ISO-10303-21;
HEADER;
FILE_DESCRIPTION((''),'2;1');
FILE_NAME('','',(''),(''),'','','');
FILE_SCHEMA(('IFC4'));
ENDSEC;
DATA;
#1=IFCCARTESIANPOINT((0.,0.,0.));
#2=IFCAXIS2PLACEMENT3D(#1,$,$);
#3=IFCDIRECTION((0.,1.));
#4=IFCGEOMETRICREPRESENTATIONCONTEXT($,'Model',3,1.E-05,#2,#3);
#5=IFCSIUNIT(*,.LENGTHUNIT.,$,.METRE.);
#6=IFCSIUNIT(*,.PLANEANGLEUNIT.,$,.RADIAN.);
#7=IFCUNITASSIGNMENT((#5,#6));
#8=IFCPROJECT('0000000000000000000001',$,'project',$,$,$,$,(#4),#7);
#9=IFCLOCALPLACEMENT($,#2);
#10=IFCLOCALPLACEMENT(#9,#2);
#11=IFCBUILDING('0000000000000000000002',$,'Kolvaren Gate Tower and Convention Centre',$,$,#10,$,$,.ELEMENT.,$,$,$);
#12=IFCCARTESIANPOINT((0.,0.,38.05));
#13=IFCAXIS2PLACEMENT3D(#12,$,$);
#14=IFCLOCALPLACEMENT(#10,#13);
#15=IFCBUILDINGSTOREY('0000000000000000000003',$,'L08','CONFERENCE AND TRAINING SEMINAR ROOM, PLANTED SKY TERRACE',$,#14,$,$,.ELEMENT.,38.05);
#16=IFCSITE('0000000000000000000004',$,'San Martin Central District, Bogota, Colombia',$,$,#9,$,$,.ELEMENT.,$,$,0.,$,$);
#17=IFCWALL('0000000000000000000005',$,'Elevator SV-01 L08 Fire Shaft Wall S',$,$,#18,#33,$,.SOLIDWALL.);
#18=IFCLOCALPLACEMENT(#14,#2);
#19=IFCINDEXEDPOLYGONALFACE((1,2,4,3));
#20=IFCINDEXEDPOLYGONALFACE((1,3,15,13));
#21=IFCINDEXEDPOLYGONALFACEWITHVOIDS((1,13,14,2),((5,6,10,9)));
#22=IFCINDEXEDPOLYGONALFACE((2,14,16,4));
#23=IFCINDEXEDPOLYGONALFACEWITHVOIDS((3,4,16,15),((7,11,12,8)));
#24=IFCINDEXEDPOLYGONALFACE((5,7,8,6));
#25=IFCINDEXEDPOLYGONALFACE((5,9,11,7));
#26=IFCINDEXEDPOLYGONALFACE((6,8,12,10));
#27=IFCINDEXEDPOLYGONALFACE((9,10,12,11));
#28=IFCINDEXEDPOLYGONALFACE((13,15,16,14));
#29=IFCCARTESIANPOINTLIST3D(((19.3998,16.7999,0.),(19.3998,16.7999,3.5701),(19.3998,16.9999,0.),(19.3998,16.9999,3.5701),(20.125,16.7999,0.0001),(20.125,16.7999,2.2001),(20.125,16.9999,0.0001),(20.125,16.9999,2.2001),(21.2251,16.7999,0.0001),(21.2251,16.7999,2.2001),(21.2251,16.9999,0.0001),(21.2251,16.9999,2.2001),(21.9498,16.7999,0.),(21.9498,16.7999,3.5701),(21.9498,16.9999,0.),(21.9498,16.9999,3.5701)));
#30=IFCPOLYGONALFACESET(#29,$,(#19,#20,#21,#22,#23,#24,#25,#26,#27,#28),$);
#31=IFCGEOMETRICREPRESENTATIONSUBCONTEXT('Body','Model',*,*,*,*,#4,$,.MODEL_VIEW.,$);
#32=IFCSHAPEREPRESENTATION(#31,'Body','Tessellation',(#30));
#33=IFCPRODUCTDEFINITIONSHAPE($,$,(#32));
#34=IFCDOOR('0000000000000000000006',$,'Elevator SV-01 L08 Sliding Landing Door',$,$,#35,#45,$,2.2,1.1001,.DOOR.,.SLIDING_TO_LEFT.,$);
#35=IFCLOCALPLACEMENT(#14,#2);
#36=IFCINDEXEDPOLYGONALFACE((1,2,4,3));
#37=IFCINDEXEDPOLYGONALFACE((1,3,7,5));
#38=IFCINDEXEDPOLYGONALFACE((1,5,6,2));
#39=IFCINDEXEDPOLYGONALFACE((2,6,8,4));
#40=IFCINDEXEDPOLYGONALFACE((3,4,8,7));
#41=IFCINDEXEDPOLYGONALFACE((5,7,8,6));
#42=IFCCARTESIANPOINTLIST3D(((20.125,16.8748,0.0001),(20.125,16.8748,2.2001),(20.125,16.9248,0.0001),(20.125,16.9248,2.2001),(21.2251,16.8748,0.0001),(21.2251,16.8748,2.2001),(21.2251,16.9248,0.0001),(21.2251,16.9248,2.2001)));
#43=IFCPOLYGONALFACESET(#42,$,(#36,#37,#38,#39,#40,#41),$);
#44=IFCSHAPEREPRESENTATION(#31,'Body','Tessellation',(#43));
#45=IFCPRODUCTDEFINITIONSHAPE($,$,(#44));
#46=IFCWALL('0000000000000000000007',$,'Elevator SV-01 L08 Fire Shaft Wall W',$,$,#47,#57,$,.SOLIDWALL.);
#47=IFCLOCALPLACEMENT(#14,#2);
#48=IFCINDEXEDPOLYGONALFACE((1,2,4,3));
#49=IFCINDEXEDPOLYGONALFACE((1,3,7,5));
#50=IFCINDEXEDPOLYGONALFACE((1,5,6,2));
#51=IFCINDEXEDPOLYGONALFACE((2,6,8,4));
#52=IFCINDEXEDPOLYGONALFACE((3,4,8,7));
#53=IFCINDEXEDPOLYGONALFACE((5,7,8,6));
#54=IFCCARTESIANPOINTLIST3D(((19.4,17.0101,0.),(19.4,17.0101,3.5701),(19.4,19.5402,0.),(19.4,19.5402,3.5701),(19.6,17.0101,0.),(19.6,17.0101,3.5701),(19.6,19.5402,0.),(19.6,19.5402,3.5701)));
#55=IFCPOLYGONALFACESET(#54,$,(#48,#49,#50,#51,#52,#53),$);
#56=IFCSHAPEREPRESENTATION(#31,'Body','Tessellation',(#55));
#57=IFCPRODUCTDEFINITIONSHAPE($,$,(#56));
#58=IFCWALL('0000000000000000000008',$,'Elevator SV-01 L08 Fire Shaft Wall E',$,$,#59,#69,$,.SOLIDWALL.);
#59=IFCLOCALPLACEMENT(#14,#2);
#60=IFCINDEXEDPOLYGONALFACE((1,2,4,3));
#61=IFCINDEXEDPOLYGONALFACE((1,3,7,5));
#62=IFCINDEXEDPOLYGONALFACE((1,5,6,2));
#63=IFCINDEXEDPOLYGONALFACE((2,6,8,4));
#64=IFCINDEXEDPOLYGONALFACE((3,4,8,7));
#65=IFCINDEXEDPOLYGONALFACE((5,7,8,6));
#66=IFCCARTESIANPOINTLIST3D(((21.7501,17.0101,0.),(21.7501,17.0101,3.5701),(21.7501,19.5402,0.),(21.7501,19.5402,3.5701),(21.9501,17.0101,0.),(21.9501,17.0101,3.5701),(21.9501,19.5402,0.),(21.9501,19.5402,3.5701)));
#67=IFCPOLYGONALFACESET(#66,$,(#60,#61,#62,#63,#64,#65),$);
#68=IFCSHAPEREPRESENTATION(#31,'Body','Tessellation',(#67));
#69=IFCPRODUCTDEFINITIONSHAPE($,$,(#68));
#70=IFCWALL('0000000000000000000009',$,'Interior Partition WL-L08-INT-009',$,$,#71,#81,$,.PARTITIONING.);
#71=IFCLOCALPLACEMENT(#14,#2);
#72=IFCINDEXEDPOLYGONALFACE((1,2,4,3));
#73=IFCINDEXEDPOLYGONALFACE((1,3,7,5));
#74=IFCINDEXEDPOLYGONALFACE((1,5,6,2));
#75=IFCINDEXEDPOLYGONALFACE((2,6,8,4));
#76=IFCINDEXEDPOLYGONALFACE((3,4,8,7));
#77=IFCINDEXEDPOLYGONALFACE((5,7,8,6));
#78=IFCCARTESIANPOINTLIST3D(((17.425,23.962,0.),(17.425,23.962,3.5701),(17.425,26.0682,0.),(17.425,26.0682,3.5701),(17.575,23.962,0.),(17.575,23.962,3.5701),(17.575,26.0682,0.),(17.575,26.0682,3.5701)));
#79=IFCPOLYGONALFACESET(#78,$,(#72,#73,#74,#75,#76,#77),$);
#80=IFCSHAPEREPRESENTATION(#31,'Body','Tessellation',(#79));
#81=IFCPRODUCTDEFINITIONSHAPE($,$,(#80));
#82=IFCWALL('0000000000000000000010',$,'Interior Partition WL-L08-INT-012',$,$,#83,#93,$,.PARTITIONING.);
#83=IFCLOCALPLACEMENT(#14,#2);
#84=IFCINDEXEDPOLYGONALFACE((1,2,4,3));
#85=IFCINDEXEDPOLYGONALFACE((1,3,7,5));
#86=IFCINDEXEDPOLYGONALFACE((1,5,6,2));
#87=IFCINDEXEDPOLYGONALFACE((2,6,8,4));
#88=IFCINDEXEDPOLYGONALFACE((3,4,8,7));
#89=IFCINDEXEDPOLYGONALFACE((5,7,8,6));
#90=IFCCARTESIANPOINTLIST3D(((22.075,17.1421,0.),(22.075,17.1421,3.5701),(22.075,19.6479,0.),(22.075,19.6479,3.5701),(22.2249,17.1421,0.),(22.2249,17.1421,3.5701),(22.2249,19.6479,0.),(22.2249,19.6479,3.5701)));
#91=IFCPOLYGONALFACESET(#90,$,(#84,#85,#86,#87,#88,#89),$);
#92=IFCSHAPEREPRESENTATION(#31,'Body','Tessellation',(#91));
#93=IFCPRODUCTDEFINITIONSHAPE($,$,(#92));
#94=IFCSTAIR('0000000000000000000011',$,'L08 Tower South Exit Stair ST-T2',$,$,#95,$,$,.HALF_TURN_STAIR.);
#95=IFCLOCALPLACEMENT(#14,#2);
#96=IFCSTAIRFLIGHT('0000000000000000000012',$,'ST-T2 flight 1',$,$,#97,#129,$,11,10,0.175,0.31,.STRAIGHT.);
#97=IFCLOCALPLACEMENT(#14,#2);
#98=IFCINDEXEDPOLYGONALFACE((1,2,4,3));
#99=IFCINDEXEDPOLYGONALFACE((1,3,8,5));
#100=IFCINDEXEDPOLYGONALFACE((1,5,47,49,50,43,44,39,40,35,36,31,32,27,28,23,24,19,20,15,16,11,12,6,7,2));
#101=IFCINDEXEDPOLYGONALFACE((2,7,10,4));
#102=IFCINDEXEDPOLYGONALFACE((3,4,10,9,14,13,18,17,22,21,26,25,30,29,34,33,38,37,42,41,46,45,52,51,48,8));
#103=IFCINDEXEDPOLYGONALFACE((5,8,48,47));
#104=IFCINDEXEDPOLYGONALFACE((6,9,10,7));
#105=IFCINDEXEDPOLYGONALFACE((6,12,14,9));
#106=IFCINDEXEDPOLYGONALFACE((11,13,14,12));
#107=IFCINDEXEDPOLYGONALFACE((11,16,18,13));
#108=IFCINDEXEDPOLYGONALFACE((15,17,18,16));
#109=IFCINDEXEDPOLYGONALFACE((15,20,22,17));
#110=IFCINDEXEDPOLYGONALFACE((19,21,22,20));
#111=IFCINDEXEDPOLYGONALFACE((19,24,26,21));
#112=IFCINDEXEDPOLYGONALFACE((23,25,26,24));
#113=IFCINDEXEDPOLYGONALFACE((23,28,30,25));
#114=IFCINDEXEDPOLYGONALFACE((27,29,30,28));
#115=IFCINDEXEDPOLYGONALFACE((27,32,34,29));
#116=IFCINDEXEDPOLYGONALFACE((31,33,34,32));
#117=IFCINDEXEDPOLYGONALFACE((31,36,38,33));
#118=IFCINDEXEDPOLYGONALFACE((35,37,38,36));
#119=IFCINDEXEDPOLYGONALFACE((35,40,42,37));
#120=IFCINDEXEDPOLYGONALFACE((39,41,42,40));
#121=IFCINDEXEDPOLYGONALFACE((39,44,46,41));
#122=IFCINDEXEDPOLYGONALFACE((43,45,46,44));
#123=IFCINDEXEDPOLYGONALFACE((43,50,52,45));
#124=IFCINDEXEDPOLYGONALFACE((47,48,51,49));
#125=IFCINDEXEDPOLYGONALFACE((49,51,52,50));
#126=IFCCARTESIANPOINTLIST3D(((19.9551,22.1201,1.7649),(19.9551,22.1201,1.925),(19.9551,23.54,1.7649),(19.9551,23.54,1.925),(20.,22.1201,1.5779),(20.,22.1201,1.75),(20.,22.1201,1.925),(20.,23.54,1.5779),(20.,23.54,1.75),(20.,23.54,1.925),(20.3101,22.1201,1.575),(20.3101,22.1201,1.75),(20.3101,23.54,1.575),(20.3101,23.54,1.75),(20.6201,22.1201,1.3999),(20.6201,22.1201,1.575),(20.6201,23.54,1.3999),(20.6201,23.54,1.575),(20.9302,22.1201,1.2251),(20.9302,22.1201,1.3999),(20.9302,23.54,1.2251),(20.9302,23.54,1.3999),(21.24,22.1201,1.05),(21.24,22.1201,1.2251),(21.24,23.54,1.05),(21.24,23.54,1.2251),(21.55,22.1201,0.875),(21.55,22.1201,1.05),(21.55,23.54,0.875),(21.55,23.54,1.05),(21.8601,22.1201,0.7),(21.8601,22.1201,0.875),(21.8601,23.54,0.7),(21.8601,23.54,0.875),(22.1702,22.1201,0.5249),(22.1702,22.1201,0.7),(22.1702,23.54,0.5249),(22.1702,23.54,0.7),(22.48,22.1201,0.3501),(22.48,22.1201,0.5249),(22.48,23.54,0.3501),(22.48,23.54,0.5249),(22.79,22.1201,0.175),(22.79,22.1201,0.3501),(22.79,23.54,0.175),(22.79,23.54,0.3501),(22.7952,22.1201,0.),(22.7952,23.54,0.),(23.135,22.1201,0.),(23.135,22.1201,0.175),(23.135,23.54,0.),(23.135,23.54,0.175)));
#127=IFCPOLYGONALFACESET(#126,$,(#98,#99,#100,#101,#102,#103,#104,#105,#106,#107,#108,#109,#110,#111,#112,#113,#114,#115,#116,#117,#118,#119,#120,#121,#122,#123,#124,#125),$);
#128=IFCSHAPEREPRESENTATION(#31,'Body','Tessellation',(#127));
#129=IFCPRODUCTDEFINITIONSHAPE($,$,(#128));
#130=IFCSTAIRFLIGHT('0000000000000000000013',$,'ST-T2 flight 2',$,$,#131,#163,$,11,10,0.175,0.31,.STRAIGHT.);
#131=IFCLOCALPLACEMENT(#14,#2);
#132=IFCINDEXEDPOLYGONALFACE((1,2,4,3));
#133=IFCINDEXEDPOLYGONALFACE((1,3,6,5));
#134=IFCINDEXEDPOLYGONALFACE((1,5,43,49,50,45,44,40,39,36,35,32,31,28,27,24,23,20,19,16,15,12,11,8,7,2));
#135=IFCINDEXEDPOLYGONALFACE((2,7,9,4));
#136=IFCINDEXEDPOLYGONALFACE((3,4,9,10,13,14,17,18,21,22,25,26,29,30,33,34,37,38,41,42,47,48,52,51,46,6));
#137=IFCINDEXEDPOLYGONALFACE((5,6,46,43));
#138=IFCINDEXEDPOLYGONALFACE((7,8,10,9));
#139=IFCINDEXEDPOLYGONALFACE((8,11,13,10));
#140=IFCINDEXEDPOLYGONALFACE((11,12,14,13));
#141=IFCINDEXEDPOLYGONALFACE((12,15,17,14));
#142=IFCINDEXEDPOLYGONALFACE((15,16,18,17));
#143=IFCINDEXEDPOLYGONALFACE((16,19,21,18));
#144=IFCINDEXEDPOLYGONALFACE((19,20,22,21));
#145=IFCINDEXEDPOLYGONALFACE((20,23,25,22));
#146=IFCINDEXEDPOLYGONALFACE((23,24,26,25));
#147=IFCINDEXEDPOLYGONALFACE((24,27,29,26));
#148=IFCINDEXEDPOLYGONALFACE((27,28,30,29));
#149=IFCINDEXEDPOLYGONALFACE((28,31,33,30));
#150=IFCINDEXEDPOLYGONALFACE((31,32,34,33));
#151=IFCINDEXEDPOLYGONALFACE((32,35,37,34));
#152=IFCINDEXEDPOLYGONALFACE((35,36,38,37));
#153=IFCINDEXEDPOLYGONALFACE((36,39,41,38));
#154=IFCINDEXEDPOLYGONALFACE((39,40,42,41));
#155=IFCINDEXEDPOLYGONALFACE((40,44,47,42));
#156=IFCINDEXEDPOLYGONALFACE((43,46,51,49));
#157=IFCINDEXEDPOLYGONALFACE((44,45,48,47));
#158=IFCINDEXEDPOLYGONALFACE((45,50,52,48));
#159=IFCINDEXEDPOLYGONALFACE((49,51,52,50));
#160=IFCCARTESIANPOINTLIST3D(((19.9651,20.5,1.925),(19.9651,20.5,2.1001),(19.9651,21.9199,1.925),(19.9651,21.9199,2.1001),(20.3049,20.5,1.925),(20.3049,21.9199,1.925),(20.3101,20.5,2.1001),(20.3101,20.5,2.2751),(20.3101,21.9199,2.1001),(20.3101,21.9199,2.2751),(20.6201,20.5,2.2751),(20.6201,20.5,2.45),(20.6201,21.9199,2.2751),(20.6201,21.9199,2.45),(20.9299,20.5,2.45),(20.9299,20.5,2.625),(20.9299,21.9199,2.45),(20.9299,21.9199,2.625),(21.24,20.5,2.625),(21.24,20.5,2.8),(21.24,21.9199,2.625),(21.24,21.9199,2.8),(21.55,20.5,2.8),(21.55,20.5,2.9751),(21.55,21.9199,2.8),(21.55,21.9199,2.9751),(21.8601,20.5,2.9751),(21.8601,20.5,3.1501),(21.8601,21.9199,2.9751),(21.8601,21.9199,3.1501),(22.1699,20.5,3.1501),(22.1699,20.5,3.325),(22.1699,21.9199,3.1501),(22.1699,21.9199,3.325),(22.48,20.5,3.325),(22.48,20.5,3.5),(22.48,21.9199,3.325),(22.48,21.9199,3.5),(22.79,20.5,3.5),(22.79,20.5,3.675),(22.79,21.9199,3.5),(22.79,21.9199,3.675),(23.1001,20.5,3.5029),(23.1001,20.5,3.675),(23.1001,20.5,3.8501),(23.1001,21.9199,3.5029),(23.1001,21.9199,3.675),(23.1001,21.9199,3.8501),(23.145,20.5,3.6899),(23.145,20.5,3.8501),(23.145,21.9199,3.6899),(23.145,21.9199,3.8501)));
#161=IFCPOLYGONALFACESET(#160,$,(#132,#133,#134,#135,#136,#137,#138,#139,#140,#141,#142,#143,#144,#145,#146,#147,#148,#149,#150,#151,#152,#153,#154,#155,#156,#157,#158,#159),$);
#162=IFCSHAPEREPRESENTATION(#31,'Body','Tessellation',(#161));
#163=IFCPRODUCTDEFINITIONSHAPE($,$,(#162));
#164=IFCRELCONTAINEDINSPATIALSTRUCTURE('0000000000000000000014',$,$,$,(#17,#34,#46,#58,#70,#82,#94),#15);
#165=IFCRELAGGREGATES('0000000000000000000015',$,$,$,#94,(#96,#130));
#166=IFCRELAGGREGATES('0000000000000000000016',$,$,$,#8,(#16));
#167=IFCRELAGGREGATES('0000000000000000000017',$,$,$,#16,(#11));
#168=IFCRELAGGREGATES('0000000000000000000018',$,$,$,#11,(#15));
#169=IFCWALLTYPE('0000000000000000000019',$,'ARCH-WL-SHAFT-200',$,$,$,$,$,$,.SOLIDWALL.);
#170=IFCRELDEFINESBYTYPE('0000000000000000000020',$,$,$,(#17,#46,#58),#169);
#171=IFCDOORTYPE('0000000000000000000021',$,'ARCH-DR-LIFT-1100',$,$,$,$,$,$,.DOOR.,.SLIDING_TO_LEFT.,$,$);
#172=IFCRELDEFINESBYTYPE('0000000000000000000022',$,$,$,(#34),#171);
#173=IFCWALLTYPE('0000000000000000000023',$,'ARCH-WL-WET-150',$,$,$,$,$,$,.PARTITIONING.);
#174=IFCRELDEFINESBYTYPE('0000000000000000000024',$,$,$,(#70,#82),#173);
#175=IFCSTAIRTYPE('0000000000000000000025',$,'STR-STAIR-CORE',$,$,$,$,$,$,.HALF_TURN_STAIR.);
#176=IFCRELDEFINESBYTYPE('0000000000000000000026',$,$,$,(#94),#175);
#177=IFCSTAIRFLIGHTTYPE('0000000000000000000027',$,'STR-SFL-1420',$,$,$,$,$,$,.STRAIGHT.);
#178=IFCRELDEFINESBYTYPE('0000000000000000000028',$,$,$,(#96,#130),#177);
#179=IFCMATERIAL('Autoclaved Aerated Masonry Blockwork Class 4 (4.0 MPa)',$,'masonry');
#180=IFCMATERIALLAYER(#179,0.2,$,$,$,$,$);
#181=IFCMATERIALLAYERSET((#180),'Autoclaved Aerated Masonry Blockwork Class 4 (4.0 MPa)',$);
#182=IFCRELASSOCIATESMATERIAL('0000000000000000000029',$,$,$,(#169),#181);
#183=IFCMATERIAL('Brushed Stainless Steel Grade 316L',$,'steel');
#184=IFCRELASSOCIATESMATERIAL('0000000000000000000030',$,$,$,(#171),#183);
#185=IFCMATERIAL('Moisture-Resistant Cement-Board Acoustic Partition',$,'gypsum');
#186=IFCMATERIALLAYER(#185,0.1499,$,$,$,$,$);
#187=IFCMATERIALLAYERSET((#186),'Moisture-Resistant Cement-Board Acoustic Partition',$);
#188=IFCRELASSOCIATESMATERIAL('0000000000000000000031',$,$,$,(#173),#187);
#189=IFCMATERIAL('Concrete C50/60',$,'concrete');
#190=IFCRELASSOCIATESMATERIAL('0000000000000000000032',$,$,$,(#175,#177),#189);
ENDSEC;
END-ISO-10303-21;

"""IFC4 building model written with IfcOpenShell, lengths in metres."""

from ifc_helpers import new_model, si_unit, direction, frame, frame_2d, origin, place, context, subcontext, project, spatial, polyline, rectangle, outline, extrude, material, layer, layer_set, type_object, element, fill, aggregate, save


model = new_model("IFC4")

# Units and contexts
model_context = context("Model", 3, precision=1e-05, world=origin(), true_north=direction((0.0, 1.0)))
body_context = subcontext(model_context, "Body", "Model", "MODEL_VIEW")
ifc_project = project(units=[si_unit("LENGTHUNIT", "METRE"), si_unit("PLANEANGLEUNIT", "RADIAN")], contexts=[model_context])

# Site, building, storey
site_placement = place(None, origin())
site = spatial("IfcSite", under=ifc_project, at=site_placement, Name="San Martin Central District, Bogota, Colombia", CompositionType="ELEMENT", RefElevation=0.0)
building_placement = place(site_placement, origin())
building = spatial("IfcBuilding", under=site, at=building_placement, Name="Kolvaren Gate Tower and Convention Centre", CompositionType="ELEMENT")
storey_placement = place(building_placement, frame((0.0, 0.0, 38.05)))
storey = spatial("IfcBuildingStorey", under=building, at=storey_placement, Name="L08", Description="CONFERENCE AND TRAINING SEMINAR ROOM, PLANTED SKY TERRACE", CompositionType="ELEMENT", Elevation=38.05)

# Shared definitions
ifc_material_1 = material(Name="Autoclaved Aerated Masonry Blockwork Class 4 (4.0 MPa)", Category="masonry")
ifc_layer_1 = layer(ifc_material_1, 0.2)
ifc_layer_set_1 = layer_set([ifc_layer_1], Name="Autoclaved Aerated Masonry Blockwork Class 4 (4.0 MPa)")
wall_type_1 = type_object("IfcWallType", Name="ARCH-WL-SHAFT-200", PredefinedType="SOLIDWALL", material=ifc_layer_set_1)

# Wall, opening, door
wall_1_placement = place(storey_placement, frame((19.3999, 16.8999, 0.0), z_axis=(0.0, 0.0, 1.0), x_axis=(1.0, 0.0, 0.0)))
wall_1 = element("IfcWall", 1, at=wall_1_placement, inside=storey, type_object=wall_type_1, Name="Elevator SV-01 L08 Fire Shaft Wall S", PredefinedType="SOLIDWALL", context=body_context, shape_type="SweptSolid", body=[
    extrude(rectangle(XDim=2.55, YDim=0.2, at=frame_2d((1.2749, 0.0))), origin(), (0.0, 0.0, 1.0), 3.5701),
])
opening_placement = place(wall_1_placement, frame((0.7251, 0.0, 0.0)))
opening = element("IfcOpeningElement", 2, at=opening_placement, cuts=wall_1, PredefinedType="OPENING", context=body_context, shape_type="SweptSolid", body=[
    extrude(rectangle(XDim=1.1001, YDim=2.2, at=frame_2d((0.55, 1.1001))), frame((0.0, 0.1099, 0.0), z_axis=(0.0, -1.0, 0.0), x_axis=(1.0, 0.0, 0.0)), (0.0, 0.0, 1.0), 0.22),
])
ifc_material_2 = material(Name="Brushed Stainless Steel Grade 316L", Category="steel")
door_type = type_object("IfcDoorType", Name="ARCH-DR-LIFT-1100", OperationType="SLIDING_TO_LEFT", PredefinedType="DOOR", material=ifc_material_2)
door_placement = place(opening_placement, origin())
door = element("IfcDoor", 3, at=door_placement, inside=storey, type_object=door_type, Name="Elevator SV-01 L08 Sliding Landing Door", OperationType="SLIDING_TO_LEFT", OverallHeight=2.2, OverallWidth=1.1001, PredefinedType="DOOR", context=body_context, shape_type="SweptSolid", body=[
    extrude(rectangle(XDim=1.1001, YDim=2.2, at=frame_2d((0.55, 1.1001))), frame((0.0, 0.0249, 0.0), z_axis=(0.0, -1.0, 0.0), x_axis=(1.0, 0.0, 0.0)), (0.0, 0.0, 1.0), 0.05),
])
fill(opening, door)

# Walls
for number, where, z_axis, x_axis, name in (
    (4, (19.5, 17.01, 0.0), (0.0, 0.0, 1.0), (0.0, 1.0, 0.0), "Elevator SV-01 L08 Fire Shaft Wall W"),
    (5, (21.8501, 17.01, 0.0), (0.0, 0.0, 1.0), (0.0, 1.0, 0.0), "Elevator SV-01 L08 Fire Shaft Wall E"),
):
    element("IfcWall", number, at=place(storey_placement, frame(where, z_axis=z_axis, x_axis=x_axis)), inside=storey, type_object=wall_type_1, Name=name, PredefinedType="SOLIDWALL", context=body_context, shape_type="SweptSolid", body=[
        extrude(rectangle(XDim=2.53, YDim=0.2, at=frame_2d((1.2651, 0.0))), origin(), (0.0, 0.0, 1.0), 3.5701),
    ])
ifc_material_3 = material(Name="Moisture-Resistant Cement-Board Acoustic Partition", Category="gypsum")
ifc_layer_2 = layer(ifc_material_3, 0.1499)
ifc_layer_set_2 = layer_set([ifc_layer_2], Name="Moisture-Resistant Cement-Board Acoustic Partition")
wall_type_2 = type_object("IfcWallType", Name="ARCH-WL-WET-150", PredefinedType="PARTITIONING", material=ifc_layer_set_2)
wall_2_placement = place(storey_placement, frame((17.5, 23.9619, 0.0), z_axis=(0.0, 0.0, 1.0), x_axis=(0.0, 1.0, 0.0)))
element("IfcWall", 6, at=wall_2_placement, inside=storey, type_object=wall_type_2, Name="Interior Partition WL-L08-INT-009", PredefinedType="PARTITIONING", context=body_context, shape_type="SweptSolid", body=[
    extrude(rectangle(XDim=2.1062, YDim=0.1499, at=frame_2d((1.0532, 0.0))), origin(), (0.0, 0.0, 1.0), 3.5701),
])
wall_3_placement = place(storey_placement, frame((22.1499, 17.1421, 0.0), z_axis=(0.0, 0.0, 1.0), x_axis=(0.0, 1.0, 0.0)))
element("IfcWall", 7, at=wall_3_placement, inside=storey, type_object=wall_type_2, Name="Interior Partition WL-L08-INT-012", PredefinedType="PARTITIONING", context=body_context, shape_type="SweptSolid", body=[
    extrude(rectangle(XDim=2.5059, YDim=0.1499, at=frame_2d((1.2529, 0.0))), origin(), (0.0, 0.0, 1.0), 3.5701),
])

# Stair, stair flights
ifc_material_4 = material(Name="Concrete C50/60", Category="concrete")
stair_type = type_object("IfcStairType", Name="STR-STAIR-CORE", PredefinedType="HALF_TURN_STAIR", material=ifc_material_4)
stair_placement = place(storey_placement, origin())
stair = element("IfcStair", 8, at=stair_placement, inside=storey, type_object=stair_type, Name="L08 Tower South Exit Stair ST-T2", PredefinedType="HALF_TURN_STAIR")
stair_flight_type = type_object("IfcStairFlightType", Name="STR-SFL-1420", PredefinedType="STRAIGHT", material=ifc_material_4)
stair_flight_1_placement = place(storey_placement, frame((23.1001, 22.8301, 0.0), z_axis=(0.0, 0.0, 1.0), x_axis=(-1.0, 0.0, 0.0)))
stair_flight_1 = element("IfcStairFlight", 9, at=stair_flight_1_placement, type_object=stair_flight_type, Name="ST-T2 flight 1", NumberOfRisers=11, NumberOfTreads=10, PredefinedType="STRAIGHT", RiserHeight=0.175, TreadLength=0.31, context=body_context, shape_type="SweptSolid", body=[
    extrude(outline(polyline([(-0.0349, 0.0), (-0.0349, 0.175), (0.3101, 0.175), (0.3101, 0.3501), (0.6201, 0.3501), (0.6201, 0.5249), (0.9299, 0.5249), (0.9299, 0.7), (1.24, 0.7), (1.24, 0.875), (1.55, 0.875), (1.55, 1.05), (1.8601, 1.05), (1.8601, 1.2251), (2.1699, 1.2251), (2.1699, 1.3999), (2.48, 1.3999), (2.48, 1.575), (2.79, 1.575), (2.79, 1.75), (3.1001, 1.75), (3.1001, 1.925), (3.145, 1.925), (3.145, 1.7649), (3.1001, 1.5779), (0.3049, 0.0), (-0.0349, 0.0)])), frame((0.0, 0.71, 0.0), z_axis=(0.0, -1.0, 0.0), x_axis=(1.0, 0.0, 0.0)), (0.0, 0.0, 1.0), 1.4199),
])
stair_flight_2_placement = place(storey_placement, frame((20.0, 21.21, 1.925), z_axis=(0.0, 0.0, 1.0), x_axis=(1.0, 0.0, 0.0)))
stair_flight_2 = element("IfcStairFlight", 10, at=stair_flight_2_placement, type_object=stair_flight_type, Name="ST-T2 flight 2", NumberOfRisers=11, NumberOfTreads=10, PredefinedType="STRAIGHT", RiserHeight=0.175, TreadLength=0.31, context=body_context, shape_type="SweptSolid", body=[
    extrude(outline(polyline([(-0.0349, 0.0), (-0.0349, 0.175), (0.3101, 0.175), (0.3101, 0.3501), (0.6201, 0.3501), (0.6201, 0.5249), (0.9299, 0.5249), (0.9299, 0.7), (1.24, 0.7), (1.24, 0.875), (1.55, 0.875), (1.55, 1.05), (1.8601, 1.05), (1.8601, 1.2251), (2.1699, 1.2251), (2.1699, 1.3999), (2.48, 1.3999), (2.48, 1.575), (2.79, 1.575), (2.79, 1.75), (3.1001, 1.75), (3.1001, 1.925), (3.145, 1.925), (3.145, 1.7649), (3.1001, 1.5779), (0.3049, 0.0), (-0.0349, 0.0)])), frame((0.0, 0.71, 0.0), z_axis=(0.0, -1.0, 0.0), x_axis=(1.0, 0.0, 0.0)), (0.0, 0.0, 1.0), 1.4199),
])
aggregate(stair, [stair_flight_1, stair_flight_2])

save(model, "model.ifc")
